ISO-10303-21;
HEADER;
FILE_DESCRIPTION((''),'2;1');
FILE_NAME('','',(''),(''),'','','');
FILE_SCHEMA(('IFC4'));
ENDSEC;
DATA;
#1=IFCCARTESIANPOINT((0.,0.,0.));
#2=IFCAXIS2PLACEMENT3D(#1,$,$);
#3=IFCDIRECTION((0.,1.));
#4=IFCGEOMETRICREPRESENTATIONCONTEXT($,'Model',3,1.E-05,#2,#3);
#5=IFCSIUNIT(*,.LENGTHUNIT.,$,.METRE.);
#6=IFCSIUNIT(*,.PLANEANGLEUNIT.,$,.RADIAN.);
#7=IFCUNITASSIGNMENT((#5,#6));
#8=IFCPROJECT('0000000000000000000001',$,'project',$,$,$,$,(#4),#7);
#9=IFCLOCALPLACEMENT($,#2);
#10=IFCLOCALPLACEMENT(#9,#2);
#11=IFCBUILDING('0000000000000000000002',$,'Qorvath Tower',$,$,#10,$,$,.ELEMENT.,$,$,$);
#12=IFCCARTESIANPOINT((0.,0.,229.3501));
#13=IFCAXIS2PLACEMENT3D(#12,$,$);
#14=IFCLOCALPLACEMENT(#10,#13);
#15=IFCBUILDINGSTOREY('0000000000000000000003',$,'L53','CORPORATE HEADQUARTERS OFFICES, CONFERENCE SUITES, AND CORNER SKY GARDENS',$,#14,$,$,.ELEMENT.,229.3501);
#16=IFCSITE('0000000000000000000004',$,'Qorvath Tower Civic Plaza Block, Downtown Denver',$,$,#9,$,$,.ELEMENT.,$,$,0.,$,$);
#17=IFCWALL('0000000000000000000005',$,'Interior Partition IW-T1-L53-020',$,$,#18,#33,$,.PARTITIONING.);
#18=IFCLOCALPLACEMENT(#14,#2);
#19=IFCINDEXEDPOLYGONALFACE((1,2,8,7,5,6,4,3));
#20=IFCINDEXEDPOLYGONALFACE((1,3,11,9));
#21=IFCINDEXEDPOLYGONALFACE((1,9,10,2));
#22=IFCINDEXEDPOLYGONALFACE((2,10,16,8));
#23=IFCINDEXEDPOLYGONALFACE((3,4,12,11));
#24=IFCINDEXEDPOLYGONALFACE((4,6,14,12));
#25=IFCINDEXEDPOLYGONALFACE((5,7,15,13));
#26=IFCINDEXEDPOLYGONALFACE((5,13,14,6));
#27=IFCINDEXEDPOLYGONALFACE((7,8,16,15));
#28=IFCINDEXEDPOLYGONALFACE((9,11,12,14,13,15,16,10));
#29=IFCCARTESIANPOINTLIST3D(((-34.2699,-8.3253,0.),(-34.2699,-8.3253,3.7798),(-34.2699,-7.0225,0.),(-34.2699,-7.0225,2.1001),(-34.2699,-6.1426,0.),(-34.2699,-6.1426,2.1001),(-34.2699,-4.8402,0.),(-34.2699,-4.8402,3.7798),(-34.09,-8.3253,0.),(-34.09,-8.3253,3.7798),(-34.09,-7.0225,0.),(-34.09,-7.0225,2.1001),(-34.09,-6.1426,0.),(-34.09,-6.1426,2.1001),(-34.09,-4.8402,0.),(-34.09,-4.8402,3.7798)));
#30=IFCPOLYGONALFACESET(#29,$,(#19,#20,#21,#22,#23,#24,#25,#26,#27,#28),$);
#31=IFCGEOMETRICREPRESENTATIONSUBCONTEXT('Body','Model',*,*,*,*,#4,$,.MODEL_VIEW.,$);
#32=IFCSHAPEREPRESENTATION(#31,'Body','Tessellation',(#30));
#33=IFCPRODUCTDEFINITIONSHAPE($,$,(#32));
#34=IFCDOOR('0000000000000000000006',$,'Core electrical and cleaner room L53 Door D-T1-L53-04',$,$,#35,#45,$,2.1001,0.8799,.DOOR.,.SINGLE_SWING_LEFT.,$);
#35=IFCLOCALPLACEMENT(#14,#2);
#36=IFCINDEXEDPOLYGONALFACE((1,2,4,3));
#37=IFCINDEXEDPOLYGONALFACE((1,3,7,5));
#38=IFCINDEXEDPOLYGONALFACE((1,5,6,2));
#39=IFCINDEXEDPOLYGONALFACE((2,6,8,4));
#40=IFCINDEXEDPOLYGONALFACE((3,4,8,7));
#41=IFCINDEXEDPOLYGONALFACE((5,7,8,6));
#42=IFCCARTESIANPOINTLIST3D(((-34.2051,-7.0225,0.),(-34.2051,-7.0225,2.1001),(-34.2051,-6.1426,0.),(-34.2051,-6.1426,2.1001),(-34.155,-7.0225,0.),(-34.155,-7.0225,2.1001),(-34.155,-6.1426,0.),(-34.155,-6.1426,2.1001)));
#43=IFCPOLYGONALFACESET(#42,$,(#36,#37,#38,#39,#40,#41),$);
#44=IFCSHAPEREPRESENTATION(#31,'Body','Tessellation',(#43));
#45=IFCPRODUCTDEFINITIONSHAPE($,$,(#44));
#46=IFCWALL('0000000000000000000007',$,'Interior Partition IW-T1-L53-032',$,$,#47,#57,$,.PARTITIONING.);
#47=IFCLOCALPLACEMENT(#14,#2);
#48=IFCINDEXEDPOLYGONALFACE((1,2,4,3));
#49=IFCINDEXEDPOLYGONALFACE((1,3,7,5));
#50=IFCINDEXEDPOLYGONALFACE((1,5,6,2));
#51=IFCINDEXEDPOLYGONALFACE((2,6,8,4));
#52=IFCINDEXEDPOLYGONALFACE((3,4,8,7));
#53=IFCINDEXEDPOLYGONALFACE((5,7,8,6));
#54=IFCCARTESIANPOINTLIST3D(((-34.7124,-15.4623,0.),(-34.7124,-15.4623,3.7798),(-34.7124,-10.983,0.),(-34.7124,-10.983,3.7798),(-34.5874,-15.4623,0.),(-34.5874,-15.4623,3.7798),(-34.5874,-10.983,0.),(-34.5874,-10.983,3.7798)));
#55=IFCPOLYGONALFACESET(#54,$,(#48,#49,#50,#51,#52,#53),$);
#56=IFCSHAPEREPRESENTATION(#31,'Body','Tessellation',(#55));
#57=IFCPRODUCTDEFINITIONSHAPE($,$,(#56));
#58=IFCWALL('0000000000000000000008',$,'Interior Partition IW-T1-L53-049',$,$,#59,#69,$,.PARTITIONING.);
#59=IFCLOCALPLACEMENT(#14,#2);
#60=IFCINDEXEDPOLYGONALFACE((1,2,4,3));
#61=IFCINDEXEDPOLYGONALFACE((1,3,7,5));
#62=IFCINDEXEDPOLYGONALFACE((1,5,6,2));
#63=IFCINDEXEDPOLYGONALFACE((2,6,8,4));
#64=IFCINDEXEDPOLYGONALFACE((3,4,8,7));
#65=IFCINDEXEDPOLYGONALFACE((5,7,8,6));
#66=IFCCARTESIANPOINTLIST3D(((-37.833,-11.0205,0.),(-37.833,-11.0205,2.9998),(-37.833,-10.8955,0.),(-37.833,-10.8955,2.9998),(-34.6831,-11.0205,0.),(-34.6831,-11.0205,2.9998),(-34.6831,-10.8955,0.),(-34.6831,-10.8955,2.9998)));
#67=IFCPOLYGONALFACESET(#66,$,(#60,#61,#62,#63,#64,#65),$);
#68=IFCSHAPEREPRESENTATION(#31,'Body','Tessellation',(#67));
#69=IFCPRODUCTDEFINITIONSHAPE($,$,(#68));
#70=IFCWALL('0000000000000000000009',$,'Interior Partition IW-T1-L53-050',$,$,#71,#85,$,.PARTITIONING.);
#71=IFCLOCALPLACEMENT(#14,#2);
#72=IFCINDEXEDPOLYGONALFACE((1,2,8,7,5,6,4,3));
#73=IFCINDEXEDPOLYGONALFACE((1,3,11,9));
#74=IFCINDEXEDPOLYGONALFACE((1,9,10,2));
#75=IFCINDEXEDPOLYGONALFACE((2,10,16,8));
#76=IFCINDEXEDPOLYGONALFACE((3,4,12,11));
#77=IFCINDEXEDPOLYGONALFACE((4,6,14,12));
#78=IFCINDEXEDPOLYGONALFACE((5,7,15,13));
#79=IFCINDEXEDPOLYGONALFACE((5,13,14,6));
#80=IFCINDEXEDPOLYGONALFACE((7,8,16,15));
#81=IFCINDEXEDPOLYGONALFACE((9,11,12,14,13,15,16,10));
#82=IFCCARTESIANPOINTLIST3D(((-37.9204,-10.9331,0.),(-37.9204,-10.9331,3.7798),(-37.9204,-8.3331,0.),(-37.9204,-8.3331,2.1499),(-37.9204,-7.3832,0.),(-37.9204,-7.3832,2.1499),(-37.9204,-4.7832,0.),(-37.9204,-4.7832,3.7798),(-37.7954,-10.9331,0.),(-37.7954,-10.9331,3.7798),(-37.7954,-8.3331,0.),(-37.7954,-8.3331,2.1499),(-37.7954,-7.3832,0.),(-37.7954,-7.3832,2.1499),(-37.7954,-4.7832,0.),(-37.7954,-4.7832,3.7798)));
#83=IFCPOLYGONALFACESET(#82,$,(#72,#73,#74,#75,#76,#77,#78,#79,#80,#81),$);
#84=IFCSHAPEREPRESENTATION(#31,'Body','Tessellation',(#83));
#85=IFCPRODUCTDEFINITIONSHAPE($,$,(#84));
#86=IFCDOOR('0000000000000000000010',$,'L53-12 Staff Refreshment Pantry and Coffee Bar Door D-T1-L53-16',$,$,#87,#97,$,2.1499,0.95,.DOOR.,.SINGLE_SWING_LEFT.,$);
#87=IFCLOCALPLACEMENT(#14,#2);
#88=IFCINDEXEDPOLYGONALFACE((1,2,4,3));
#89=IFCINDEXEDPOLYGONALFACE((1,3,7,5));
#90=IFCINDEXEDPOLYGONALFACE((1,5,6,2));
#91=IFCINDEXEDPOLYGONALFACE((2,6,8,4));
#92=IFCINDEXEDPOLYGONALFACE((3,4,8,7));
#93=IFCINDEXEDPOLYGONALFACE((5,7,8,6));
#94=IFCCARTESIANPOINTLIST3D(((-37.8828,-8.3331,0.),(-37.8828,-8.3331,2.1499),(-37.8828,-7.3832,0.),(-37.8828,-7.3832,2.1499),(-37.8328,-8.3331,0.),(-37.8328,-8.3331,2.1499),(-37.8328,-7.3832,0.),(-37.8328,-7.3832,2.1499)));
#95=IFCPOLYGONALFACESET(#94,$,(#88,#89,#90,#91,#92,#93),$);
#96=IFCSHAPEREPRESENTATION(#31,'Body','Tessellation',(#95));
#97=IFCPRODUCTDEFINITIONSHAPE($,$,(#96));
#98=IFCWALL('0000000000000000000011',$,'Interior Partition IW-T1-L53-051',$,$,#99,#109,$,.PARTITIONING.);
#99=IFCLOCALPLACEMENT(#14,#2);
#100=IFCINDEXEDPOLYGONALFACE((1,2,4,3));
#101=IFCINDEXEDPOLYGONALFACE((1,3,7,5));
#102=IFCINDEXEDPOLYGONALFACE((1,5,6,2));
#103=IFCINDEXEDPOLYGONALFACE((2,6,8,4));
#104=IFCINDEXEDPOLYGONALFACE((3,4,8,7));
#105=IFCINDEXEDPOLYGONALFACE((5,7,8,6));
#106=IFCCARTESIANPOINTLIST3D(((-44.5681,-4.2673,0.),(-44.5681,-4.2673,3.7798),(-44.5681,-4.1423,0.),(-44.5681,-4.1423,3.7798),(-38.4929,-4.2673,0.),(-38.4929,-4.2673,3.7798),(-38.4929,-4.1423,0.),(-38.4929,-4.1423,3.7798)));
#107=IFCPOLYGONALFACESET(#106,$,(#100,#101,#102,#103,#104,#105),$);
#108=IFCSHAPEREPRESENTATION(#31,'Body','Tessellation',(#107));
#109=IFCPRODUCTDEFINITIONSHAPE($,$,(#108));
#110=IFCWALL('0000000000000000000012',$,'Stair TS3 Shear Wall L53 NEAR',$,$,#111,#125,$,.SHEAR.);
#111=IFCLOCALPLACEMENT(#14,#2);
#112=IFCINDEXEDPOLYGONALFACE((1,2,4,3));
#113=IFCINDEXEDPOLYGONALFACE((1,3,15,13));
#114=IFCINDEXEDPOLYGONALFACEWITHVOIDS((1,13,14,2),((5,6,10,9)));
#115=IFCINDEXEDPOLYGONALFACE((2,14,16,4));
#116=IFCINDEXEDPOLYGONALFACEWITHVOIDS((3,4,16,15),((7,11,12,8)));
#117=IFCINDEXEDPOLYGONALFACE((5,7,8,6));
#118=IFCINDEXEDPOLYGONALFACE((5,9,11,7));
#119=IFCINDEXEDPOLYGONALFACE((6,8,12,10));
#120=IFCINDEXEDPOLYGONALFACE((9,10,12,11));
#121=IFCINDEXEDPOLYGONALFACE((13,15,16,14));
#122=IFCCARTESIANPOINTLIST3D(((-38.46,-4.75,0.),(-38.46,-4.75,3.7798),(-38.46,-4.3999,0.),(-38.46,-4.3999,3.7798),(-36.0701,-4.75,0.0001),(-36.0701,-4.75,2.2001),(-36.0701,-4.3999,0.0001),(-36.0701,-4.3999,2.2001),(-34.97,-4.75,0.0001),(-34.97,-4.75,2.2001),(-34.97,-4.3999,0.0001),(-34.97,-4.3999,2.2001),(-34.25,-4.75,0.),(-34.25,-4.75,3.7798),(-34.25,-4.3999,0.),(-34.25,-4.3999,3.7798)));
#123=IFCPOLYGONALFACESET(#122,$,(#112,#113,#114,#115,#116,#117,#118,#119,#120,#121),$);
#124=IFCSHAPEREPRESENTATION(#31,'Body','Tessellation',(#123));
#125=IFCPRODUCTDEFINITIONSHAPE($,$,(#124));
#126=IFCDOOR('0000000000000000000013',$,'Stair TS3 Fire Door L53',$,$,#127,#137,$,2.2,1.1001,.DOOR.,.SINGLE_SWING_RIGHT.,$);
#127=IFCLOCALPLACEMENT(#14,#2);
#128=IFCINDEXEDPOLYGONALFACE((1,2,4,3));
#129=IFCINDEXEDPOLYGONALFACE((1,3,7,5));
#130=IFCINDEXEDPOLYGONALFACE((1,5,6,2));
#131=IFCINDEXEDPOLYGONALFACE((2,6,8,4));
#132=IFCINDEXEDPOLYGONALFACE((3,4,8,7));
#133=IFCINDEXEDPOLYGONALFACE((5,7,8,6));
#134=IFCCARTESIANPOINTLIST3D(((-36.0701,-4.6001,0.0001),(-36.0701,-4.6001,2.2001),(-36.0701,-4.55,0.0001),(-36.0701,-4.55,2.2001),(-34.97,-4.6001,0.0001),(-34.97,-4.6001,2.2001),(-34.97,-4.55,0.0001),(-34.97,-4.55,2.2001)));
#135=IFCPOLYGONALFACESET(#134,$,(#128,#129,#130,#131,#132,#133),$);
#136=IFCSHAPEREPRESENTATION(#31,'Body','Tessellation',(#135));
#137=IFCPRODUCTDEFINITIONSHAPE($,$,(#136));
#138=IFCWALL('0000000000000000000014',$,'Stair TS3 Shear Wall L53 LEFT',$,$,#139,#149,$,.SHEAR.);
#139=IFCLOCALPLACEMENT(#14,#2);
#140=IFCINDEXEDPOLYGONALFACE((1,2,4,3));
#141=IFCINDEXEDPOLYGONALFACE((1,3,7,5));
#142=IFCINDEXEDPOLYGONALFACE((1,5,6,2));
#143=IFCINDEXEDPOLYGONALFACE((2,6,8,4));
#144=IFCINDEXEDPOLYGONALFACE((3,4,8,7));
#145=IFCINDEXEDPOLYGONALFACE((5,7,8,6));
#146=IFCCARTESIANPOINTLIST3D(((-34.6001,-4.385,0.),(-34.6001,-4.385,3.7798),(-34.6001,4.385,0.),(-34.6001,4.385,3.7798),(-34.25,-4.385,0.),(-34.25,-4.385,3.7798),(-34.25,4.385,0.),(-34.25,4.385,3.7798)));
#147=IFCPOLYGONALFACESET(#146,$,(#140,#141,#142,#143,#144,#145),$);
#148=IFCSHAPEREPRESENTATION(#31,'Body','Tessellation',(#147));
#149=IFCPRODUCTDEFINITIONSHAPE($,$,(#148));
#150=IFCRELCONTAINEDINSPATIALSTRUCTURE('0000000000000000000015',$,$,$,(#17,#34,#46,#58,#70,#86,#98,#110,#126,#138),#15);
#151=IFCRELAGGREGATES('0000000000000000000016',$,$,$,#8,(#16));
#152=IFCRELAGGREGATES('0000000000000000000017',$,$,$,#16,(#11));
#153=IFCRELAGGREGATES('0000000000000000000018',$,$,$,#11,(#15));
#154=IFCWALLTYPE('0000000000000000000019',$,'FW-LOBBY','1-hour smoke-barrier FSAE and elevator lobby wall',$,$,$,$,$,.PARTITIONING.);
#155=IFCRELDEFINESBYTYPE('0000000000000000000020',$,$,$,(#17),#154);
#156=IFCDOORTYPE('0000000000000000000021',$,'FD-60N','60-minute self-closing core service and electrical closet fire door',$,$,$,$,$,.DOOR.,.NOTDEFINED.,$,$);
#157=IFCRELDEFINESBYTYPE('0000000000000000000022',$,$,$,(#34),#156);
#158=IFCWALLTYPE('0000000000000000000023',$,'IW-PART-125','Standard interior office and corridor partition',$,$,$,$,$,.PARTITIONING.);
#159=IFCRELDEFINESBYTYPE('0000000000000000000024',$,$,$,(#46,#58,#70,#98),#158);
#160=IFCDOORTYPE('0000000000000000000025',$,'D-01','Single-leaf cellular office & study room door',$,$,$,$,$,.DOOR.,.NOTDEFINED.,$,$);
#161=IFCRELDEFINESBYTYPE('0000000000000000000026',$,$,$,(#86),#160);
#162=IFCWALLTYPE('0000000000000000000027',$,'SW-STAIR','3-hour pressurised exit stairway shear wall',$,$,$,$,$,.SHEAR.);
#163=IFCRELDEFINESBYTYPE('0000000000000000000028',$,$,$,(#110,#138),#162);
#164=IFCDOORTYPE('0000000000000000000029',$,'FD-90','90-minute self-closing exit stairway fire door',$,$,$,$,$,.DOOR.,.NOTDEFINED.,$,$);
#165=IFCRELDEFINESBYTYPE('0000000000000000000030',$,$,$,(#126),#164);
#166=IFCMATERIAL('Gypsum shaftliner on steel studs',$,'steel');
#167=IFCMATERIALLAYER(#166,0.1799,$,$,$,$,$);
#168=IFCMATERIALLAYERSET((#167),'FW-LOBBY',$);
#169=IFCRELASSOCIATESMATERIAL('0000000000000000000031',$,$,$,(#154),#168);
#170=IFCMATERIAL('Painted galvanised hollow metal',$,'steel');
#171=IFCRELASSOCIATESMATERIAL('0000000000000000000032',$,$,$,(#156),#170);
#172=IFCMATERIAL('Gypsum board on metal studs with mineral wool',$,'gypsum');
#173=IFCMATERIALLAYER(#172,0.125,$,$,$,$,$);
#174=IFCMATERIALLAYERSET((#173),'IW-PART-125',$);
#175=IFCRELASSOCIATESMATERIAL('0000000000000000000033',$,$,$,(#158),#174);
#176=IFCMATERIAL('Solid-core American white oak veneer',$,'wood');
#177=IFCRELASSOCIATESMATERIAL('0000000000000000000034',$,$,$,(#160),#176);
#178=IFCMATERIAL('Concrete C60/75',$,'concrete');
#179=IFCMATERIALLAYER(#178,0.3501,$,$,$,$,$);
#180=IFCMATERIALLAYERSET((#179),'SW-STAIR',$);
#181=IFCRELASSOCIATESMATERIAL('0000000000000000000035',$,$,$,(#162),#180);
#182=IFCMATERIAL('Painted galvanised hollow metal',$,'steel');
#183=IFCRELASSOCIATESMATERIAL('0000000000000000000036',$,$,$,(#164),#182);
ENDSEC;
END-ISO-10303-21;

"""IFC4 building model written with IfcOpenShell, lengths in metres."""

from ifc_helpers import new_model, si_unit, direction, frame, frame_2d, origin, place, context, subcontext, project, spatial, rectangle, extrude, material, layer, layer_set, type_object, element, fill, save


model = new_model("IFC4")

# Units and contexts
model_context = context("Model", 3, precision=1e-05, world=origin(), true_north=direction((0.0, 1.0)))
body_context = subcontext(model_context, "Body", "Model", "MODEL_VIEW")
ifc_project = project(units=[si_unit("LENGTHUNIT", "METRE"), si_unit("PLANEANGLEUNIT", "RADIAN")], contexts=[model_context])

# Site, building, storey
site_placement = place(None, origin())
site = spatial("IfcSite", under=ifc_project, at=site_placement, Name="Qorvath Tower Civic Plaza Block, Downtown Denver", CompositionType="ELEMENT", RefElevation=0.0)
building_placement = place(site_placement, origin())
building = spatial("IfcBuilding", under=site, at=building_placement, Name="Qorvath Tower", CompositionType="ELEMENT")
storey_placement = place(building_placement, frame((0.0, 0.0, 229.3501)))
storey = spatial("IfcBuildingStorey", under=building, at=storey_placement, Name="L53", Description="CORPORATE HEADQUARTERS OFFICES, CONFERENCE SUITES, AND CORNER SKY GARDENS", CompositionType="ELEMENT", Elevation=229.3501)

# Shared definitions
ifc_material_1 = material(Name="Gypsum shaftliner on steel studs", Category="steel")
ifc_layer_1 = layer(ifc_material_1, 0.1799)
ifc_layer_set_1 = layer_set([ifc_layer_1], Name="FW-LOBBY")
wall_type_1 = type_object("IfcWallType", Name="FW-LOBBY", Description="1-hour smoke-barrier FSAE and elevator lobby wall", PredefinedType="PARTITIONING", material=ifc_layer_set_1)

# Wall, opening, door
wall_1_placement = place(storey_placement, frame((-34.1799, -4.8401, 0.0), z_axis=(0.0, 0.0, 1.0), x_axis=(0.0, -1.0, 0.0)))
wall_1 = element("IfcWall", 1, at=wall_1_placement, inside=storey, type_object=wall_type_1, Name="Interior Partition IW-T1-L53-020", PredefinedType="PARTITIONING", context=body_context, shape_type="SweptSolid", body=[
    extrude(rectangle(XDim=3.4851, YDim=0.1799, at=frame_2d((1.7427, 0.0))), origin(), (0.0, 0.0, 1.0), 3.7798),
])
opening_1_placement = place(wall_1_placement, frame((1.3025, 0.0, 0.0)))
opening_1 = element("IfcOpeningElement", 2, at=opening_1_placement, cuts=wall_1, PredefinedType="OPENING", context=body_context, shape_type="SweptSolid", body=[
    extrude(rectangle(XDim=0.8799, YDim=2.1001, at=frame_2d((0.4399, 1.05))), frame((0.0, 0.1001, 0.0), z_axis=(0.0, -1.0, 0.0), x_axis=(1.0, 0.0, 0.0)), (0.0, 0.0, 1.0), 0.2),
])
ifc_material_2 = material(Name="Painted galvanised hollow metal", Category="steel")
door_type_1 = type_object("IfcDoorType", Name="FD-60N", Description="60-minute self-closing core service and electrical closet fire door", OperationType="NOTDEFINED", PredefinedType="DOOR", material=ifc_material_2)
door_1_placement = place(opening_1_placement, origin())
door_1 = element("IfcDoor", 3, at=door_1_placement, inside=storey, type_object=door_type_1, Name="Core electrical and cleaner room L53 Door D-T1-L53-04", OperationType="SINGLE_SWING_LEFT", OverallHeight=2.1001, OverallWidth=0.8799, PredefinedType="DOOR", context=body_context, shape_type="SweptSolid", body=[
    extrude(rectangle(XDim=0.8799, YDim=2.1001, at=frame_2d((0.4399, 1.05))), frame((0.0, 0.0249, 0.0), z_axis=(0.0, -1.0, 0.0), x_axis=(1.0, 0.0, 0.0)), (0.0, 0.0, 1.0), 0.05),
])
fill(opening_1, door_1)

# Walls
ifc_material_3 = material(Name="Gypsum board on metal studs with mineral wool", Category="gypsum")
ifc_layer_2 = layer(ifc_material_3, 0.125)
ifc_layer_set_2 = layer_set([ifc_layer_2], Name="IW-PART-125")
wall_type_2 = type_object("IfcWallType", Name="IW-PART-125", Description="Standard interior office and corridor partition", PredefinedType="PARTITIONING", material=ifc_layer_set_2)
wall_2_placement = place(storey_placement, frame((-34.6499, -10.9829, 0.0), z_axis=(0.0, 0.0, 1.0), x_axis=(0.0, -1.0, 0.0)))
element("IfcWall", 4, at=wall_2_placement, inside=storey, type_object=wall_type_2, Name="Interior Partition IW-T1-L53-032", PredefinedType="PARTITIONING", context=body_context, shape_type="SweptSolid", body=[
    extrude(rectangle(XDim=4.4792, YDim=0.125, at=frame_2d((2.2397, 0.0))), origin(), (0.0, 0.0, 1.0), 3.7798),
])
wall_3_placement = place(storey_placement, frame((-37.833, -10.958, 0.0), z_axis=(0.0, 0.0, 1.0), x_axis=(1.0, 0.0, 0.0)))
element("IfcWall", 5, at=wall_3_placement, inside=storey, type_object=wall_type_2, Name="Interior Partition IW-T1-L53-049", PredefinedType="PARTITIONING", context=body_context, shape_type="SweptSolid", body=[
    extrude(rectangle(XDim=3.1499, YDim=0.125, at=frame_2d((1.575, 0.0))), origin(), (0.0, 0.0, 1.0), 2.9998),
])

# Wall, opening, door
wall_4_placement = place(storey_placement, frame((-37.8579, -10.9331, 0.0), z_axis=(0.0, 0.0, 1.0), x_axis=(0.0, 1.0, 0.0)))
wall_4 = element("IfcWall", 6, at=wall_4_placement, inside=storey, type_object=wall_type_2, Name="Interior Partition IW-T1-L53-050", PredefinedType="PARTITIONING", context=body_context, shape_type="SweptSolid", body=[
    extrude(rectangle(XDim=6.1499, YDim=0.125, at=frame_2d((3.075, 0.0))), origin(), (0.0, 0.0, 1.0), 3.7798),
])
opening_2_placement = place(wall_4_placement, frame((2.5999, 0.0, 0.0)))
opening_2 = element("IfcOpeningElement", 7, at=opening_2_placement, cuts=wall_4, PredefinedType="OPENING", context=body_context, shape_type="SweptSolid", body=[
    extrude(rectangle(XDim=0.95, YDim=2.1499, at=frame_2d((0.4751, 1.075))), frame((0.0, 0.0725, 0.0), z_axis=(0.0, -1.0, 0.0), x_axis=(1.0, 0.0, 0.0)), (0.0, 0.0, 1.0), 0.145),
])
ifc_material_4 = material(Name="Solid-core American white oak veneer", Category="wood")
door_type_2 = type_object("IfcDoorType", Name="D-01", Description="Single-leaf cellular office & study room door", OperationType="NOTDEFINED", PredefinedType="DOOR", material=ifc_material_4)
door_2_placement = place(opening_2_placement, origin())
door_2 = element("IfcDoor", 8, at=door_2_placement, inside=storey, type_object=door_type_2, Name="L53-12 Staff Refreshment Pantry and Coffee Bar Door D-T1-L53-16", OperationType="SINGLE_SWING_LEFT", OverallHeight=2.1499, OverallWidth=0.95, PredefinedType="DOOR", context=body_context, shape_type="SweptSolid", body=[
    extrude(rectangle(XDim=0.95, YDim=2.1499, at=frame_2d((0.4751, 1.075))), frame((0.0, 0.0249, 0.0), z_axis=(0.0, -1.0, 0.0), x_axis=(1.0, 0.0, 0.0)), (0.0, 0.0, 1.0), 0.05),
])
fill(opening_2, door_2)

# Wall
wall_5_placement = place(storey_placement, frame((-38.4929, -4.2048, 0.0), z_axis=(0.0, 0.0, 1.0), x_axis=(-1.0, 0.0, 0.0)))
element("IfcWall", 9, at=wall_5_placement, inside=storey, type_object=wall_type_2, Name="Interior Partition IW-T1-L53-051", PredefinedType="PARTITIONING", context=body_context, shape_type="SweptSolid", body=[
    extrude(rectangle(XDim=6.0752, YDim=0.125, at=frame_2d((3.0376, 0.0))), origin(), (0.0, 0.0, 1.0), 3.7798),
])

# Wall, opening, door
ifc_material_5 = material(Name="Concrete C60/75", Category="concrete")
ifc_layer_3 = layer(ifc_material_5, 0.3501)
ifc_layer_set_3 = layer_set([ifc_layer_3], Name="SW-STAIR")
wall_type_3 = type_object("IfcWallType", Name="SW-STAIR", Description="3-hour pressurised exit stairway shear wall", PredefinedType="SHEAR", material=ifc_layer_set_3)
wall_6_placement = place(storey_placement, frame((-38.46, -4.575, 0.0), z_axis=(0.0, 0.0, 1.0), x_axis=(1.0, 0.0, 0.0)))
wall_6 = element("IfcWall", 10, at=wall_6_placement, inside=storey, type_object=wall_type_3, Name="Stair TS3 Shear Wall L53 NEAR", PredefinedType="SHEAR", context=body_context, shape_type="SweptSolid", body=[
    extrude(rectangle(XDim=4.21, YDim=0.3501, at=frame_2d((2.105, 0.0))), origin(), (0.0, 0.0, 1.0), 3.7798),
])
opening_3_placement = place(wall_6_placement, frame((2.3899, 0.0, 0.0)))
opening_3 = element("IfcOpeningElement", 11, at=opening_3_placement, cuts=wall_6, PredefinedType="OPENING", context=body_context, shape_type="SweptSolid", body=[
    extrude(rectangle(XDim=1.1001, YDim=2.2, at=frame_2d((0.55, 1.1001))), frame((0.0, 0.1851, 0.0), z_axis=(0.0, -1.0, 0.0), x_axis=(1.0, 0.0, 0.0)), (0.0, 0.0, 1.0), 0.3701),
])
ifc_material_6 = material(Name="Painted galvanised hollow metal", Category="steel")
door_type_3 = type_object("IfcDoorType", Name="FD-90", Description="90-minute self-closing exit stairway fire door", OperationType="NOTDEFINED", PredefinedType="DOOR", material=ifc_material_6)
door_3_placement = place(opening_3_placement, origin())
door_3 = element("IfcDoor", 12, at=door_3_placement, inside=storey, type_object=door_type_3, Name="Stair TS3 Fire Door L53", OperationType="SINGLE_SWING_RIGHT", OverallHeight=2.2, OverallWidth=1.1001, PredefinedType="DOOR", context=body_context, shape_type="SweptSolid", body=[
    extrude(rectangle(XDim=1.1001, YDim=2.2, at=frame_2d((0.55, 1.1001))), frame((0.0, 0.0249, 0.0), z_axis=(0.0, -1.0, 0.0), x_axis=(1.0, 0.0, 0.0)), (0.0, 0.0, 1.0), 0.05),
])
fill(opening_3, door_3)

# Wall
wall_7_placement = place(storey_placement, frame((-34.425, -4.385, 0.0), z_axis=(0.0, 0.0, 1.0), x_axis=(0.0, 1.0, 0.0)))
element("IfcWall", 13, at=wall_7_placement, inside=storey, type_object=wall_type_3, Name="Stair TS3 Shear Wall L53 LEFT", PredefinedType="SHEAR", context=body_context, shape_type="SweptSolid", body=[
    extrude(rectangle(XDim=8.77, YDim=0.3501, at=frame_2d((4.385, 0.0))), origin(), (0.0, 0.0, 1.0), 3.7798),
])

save(model, "model.ifc")
